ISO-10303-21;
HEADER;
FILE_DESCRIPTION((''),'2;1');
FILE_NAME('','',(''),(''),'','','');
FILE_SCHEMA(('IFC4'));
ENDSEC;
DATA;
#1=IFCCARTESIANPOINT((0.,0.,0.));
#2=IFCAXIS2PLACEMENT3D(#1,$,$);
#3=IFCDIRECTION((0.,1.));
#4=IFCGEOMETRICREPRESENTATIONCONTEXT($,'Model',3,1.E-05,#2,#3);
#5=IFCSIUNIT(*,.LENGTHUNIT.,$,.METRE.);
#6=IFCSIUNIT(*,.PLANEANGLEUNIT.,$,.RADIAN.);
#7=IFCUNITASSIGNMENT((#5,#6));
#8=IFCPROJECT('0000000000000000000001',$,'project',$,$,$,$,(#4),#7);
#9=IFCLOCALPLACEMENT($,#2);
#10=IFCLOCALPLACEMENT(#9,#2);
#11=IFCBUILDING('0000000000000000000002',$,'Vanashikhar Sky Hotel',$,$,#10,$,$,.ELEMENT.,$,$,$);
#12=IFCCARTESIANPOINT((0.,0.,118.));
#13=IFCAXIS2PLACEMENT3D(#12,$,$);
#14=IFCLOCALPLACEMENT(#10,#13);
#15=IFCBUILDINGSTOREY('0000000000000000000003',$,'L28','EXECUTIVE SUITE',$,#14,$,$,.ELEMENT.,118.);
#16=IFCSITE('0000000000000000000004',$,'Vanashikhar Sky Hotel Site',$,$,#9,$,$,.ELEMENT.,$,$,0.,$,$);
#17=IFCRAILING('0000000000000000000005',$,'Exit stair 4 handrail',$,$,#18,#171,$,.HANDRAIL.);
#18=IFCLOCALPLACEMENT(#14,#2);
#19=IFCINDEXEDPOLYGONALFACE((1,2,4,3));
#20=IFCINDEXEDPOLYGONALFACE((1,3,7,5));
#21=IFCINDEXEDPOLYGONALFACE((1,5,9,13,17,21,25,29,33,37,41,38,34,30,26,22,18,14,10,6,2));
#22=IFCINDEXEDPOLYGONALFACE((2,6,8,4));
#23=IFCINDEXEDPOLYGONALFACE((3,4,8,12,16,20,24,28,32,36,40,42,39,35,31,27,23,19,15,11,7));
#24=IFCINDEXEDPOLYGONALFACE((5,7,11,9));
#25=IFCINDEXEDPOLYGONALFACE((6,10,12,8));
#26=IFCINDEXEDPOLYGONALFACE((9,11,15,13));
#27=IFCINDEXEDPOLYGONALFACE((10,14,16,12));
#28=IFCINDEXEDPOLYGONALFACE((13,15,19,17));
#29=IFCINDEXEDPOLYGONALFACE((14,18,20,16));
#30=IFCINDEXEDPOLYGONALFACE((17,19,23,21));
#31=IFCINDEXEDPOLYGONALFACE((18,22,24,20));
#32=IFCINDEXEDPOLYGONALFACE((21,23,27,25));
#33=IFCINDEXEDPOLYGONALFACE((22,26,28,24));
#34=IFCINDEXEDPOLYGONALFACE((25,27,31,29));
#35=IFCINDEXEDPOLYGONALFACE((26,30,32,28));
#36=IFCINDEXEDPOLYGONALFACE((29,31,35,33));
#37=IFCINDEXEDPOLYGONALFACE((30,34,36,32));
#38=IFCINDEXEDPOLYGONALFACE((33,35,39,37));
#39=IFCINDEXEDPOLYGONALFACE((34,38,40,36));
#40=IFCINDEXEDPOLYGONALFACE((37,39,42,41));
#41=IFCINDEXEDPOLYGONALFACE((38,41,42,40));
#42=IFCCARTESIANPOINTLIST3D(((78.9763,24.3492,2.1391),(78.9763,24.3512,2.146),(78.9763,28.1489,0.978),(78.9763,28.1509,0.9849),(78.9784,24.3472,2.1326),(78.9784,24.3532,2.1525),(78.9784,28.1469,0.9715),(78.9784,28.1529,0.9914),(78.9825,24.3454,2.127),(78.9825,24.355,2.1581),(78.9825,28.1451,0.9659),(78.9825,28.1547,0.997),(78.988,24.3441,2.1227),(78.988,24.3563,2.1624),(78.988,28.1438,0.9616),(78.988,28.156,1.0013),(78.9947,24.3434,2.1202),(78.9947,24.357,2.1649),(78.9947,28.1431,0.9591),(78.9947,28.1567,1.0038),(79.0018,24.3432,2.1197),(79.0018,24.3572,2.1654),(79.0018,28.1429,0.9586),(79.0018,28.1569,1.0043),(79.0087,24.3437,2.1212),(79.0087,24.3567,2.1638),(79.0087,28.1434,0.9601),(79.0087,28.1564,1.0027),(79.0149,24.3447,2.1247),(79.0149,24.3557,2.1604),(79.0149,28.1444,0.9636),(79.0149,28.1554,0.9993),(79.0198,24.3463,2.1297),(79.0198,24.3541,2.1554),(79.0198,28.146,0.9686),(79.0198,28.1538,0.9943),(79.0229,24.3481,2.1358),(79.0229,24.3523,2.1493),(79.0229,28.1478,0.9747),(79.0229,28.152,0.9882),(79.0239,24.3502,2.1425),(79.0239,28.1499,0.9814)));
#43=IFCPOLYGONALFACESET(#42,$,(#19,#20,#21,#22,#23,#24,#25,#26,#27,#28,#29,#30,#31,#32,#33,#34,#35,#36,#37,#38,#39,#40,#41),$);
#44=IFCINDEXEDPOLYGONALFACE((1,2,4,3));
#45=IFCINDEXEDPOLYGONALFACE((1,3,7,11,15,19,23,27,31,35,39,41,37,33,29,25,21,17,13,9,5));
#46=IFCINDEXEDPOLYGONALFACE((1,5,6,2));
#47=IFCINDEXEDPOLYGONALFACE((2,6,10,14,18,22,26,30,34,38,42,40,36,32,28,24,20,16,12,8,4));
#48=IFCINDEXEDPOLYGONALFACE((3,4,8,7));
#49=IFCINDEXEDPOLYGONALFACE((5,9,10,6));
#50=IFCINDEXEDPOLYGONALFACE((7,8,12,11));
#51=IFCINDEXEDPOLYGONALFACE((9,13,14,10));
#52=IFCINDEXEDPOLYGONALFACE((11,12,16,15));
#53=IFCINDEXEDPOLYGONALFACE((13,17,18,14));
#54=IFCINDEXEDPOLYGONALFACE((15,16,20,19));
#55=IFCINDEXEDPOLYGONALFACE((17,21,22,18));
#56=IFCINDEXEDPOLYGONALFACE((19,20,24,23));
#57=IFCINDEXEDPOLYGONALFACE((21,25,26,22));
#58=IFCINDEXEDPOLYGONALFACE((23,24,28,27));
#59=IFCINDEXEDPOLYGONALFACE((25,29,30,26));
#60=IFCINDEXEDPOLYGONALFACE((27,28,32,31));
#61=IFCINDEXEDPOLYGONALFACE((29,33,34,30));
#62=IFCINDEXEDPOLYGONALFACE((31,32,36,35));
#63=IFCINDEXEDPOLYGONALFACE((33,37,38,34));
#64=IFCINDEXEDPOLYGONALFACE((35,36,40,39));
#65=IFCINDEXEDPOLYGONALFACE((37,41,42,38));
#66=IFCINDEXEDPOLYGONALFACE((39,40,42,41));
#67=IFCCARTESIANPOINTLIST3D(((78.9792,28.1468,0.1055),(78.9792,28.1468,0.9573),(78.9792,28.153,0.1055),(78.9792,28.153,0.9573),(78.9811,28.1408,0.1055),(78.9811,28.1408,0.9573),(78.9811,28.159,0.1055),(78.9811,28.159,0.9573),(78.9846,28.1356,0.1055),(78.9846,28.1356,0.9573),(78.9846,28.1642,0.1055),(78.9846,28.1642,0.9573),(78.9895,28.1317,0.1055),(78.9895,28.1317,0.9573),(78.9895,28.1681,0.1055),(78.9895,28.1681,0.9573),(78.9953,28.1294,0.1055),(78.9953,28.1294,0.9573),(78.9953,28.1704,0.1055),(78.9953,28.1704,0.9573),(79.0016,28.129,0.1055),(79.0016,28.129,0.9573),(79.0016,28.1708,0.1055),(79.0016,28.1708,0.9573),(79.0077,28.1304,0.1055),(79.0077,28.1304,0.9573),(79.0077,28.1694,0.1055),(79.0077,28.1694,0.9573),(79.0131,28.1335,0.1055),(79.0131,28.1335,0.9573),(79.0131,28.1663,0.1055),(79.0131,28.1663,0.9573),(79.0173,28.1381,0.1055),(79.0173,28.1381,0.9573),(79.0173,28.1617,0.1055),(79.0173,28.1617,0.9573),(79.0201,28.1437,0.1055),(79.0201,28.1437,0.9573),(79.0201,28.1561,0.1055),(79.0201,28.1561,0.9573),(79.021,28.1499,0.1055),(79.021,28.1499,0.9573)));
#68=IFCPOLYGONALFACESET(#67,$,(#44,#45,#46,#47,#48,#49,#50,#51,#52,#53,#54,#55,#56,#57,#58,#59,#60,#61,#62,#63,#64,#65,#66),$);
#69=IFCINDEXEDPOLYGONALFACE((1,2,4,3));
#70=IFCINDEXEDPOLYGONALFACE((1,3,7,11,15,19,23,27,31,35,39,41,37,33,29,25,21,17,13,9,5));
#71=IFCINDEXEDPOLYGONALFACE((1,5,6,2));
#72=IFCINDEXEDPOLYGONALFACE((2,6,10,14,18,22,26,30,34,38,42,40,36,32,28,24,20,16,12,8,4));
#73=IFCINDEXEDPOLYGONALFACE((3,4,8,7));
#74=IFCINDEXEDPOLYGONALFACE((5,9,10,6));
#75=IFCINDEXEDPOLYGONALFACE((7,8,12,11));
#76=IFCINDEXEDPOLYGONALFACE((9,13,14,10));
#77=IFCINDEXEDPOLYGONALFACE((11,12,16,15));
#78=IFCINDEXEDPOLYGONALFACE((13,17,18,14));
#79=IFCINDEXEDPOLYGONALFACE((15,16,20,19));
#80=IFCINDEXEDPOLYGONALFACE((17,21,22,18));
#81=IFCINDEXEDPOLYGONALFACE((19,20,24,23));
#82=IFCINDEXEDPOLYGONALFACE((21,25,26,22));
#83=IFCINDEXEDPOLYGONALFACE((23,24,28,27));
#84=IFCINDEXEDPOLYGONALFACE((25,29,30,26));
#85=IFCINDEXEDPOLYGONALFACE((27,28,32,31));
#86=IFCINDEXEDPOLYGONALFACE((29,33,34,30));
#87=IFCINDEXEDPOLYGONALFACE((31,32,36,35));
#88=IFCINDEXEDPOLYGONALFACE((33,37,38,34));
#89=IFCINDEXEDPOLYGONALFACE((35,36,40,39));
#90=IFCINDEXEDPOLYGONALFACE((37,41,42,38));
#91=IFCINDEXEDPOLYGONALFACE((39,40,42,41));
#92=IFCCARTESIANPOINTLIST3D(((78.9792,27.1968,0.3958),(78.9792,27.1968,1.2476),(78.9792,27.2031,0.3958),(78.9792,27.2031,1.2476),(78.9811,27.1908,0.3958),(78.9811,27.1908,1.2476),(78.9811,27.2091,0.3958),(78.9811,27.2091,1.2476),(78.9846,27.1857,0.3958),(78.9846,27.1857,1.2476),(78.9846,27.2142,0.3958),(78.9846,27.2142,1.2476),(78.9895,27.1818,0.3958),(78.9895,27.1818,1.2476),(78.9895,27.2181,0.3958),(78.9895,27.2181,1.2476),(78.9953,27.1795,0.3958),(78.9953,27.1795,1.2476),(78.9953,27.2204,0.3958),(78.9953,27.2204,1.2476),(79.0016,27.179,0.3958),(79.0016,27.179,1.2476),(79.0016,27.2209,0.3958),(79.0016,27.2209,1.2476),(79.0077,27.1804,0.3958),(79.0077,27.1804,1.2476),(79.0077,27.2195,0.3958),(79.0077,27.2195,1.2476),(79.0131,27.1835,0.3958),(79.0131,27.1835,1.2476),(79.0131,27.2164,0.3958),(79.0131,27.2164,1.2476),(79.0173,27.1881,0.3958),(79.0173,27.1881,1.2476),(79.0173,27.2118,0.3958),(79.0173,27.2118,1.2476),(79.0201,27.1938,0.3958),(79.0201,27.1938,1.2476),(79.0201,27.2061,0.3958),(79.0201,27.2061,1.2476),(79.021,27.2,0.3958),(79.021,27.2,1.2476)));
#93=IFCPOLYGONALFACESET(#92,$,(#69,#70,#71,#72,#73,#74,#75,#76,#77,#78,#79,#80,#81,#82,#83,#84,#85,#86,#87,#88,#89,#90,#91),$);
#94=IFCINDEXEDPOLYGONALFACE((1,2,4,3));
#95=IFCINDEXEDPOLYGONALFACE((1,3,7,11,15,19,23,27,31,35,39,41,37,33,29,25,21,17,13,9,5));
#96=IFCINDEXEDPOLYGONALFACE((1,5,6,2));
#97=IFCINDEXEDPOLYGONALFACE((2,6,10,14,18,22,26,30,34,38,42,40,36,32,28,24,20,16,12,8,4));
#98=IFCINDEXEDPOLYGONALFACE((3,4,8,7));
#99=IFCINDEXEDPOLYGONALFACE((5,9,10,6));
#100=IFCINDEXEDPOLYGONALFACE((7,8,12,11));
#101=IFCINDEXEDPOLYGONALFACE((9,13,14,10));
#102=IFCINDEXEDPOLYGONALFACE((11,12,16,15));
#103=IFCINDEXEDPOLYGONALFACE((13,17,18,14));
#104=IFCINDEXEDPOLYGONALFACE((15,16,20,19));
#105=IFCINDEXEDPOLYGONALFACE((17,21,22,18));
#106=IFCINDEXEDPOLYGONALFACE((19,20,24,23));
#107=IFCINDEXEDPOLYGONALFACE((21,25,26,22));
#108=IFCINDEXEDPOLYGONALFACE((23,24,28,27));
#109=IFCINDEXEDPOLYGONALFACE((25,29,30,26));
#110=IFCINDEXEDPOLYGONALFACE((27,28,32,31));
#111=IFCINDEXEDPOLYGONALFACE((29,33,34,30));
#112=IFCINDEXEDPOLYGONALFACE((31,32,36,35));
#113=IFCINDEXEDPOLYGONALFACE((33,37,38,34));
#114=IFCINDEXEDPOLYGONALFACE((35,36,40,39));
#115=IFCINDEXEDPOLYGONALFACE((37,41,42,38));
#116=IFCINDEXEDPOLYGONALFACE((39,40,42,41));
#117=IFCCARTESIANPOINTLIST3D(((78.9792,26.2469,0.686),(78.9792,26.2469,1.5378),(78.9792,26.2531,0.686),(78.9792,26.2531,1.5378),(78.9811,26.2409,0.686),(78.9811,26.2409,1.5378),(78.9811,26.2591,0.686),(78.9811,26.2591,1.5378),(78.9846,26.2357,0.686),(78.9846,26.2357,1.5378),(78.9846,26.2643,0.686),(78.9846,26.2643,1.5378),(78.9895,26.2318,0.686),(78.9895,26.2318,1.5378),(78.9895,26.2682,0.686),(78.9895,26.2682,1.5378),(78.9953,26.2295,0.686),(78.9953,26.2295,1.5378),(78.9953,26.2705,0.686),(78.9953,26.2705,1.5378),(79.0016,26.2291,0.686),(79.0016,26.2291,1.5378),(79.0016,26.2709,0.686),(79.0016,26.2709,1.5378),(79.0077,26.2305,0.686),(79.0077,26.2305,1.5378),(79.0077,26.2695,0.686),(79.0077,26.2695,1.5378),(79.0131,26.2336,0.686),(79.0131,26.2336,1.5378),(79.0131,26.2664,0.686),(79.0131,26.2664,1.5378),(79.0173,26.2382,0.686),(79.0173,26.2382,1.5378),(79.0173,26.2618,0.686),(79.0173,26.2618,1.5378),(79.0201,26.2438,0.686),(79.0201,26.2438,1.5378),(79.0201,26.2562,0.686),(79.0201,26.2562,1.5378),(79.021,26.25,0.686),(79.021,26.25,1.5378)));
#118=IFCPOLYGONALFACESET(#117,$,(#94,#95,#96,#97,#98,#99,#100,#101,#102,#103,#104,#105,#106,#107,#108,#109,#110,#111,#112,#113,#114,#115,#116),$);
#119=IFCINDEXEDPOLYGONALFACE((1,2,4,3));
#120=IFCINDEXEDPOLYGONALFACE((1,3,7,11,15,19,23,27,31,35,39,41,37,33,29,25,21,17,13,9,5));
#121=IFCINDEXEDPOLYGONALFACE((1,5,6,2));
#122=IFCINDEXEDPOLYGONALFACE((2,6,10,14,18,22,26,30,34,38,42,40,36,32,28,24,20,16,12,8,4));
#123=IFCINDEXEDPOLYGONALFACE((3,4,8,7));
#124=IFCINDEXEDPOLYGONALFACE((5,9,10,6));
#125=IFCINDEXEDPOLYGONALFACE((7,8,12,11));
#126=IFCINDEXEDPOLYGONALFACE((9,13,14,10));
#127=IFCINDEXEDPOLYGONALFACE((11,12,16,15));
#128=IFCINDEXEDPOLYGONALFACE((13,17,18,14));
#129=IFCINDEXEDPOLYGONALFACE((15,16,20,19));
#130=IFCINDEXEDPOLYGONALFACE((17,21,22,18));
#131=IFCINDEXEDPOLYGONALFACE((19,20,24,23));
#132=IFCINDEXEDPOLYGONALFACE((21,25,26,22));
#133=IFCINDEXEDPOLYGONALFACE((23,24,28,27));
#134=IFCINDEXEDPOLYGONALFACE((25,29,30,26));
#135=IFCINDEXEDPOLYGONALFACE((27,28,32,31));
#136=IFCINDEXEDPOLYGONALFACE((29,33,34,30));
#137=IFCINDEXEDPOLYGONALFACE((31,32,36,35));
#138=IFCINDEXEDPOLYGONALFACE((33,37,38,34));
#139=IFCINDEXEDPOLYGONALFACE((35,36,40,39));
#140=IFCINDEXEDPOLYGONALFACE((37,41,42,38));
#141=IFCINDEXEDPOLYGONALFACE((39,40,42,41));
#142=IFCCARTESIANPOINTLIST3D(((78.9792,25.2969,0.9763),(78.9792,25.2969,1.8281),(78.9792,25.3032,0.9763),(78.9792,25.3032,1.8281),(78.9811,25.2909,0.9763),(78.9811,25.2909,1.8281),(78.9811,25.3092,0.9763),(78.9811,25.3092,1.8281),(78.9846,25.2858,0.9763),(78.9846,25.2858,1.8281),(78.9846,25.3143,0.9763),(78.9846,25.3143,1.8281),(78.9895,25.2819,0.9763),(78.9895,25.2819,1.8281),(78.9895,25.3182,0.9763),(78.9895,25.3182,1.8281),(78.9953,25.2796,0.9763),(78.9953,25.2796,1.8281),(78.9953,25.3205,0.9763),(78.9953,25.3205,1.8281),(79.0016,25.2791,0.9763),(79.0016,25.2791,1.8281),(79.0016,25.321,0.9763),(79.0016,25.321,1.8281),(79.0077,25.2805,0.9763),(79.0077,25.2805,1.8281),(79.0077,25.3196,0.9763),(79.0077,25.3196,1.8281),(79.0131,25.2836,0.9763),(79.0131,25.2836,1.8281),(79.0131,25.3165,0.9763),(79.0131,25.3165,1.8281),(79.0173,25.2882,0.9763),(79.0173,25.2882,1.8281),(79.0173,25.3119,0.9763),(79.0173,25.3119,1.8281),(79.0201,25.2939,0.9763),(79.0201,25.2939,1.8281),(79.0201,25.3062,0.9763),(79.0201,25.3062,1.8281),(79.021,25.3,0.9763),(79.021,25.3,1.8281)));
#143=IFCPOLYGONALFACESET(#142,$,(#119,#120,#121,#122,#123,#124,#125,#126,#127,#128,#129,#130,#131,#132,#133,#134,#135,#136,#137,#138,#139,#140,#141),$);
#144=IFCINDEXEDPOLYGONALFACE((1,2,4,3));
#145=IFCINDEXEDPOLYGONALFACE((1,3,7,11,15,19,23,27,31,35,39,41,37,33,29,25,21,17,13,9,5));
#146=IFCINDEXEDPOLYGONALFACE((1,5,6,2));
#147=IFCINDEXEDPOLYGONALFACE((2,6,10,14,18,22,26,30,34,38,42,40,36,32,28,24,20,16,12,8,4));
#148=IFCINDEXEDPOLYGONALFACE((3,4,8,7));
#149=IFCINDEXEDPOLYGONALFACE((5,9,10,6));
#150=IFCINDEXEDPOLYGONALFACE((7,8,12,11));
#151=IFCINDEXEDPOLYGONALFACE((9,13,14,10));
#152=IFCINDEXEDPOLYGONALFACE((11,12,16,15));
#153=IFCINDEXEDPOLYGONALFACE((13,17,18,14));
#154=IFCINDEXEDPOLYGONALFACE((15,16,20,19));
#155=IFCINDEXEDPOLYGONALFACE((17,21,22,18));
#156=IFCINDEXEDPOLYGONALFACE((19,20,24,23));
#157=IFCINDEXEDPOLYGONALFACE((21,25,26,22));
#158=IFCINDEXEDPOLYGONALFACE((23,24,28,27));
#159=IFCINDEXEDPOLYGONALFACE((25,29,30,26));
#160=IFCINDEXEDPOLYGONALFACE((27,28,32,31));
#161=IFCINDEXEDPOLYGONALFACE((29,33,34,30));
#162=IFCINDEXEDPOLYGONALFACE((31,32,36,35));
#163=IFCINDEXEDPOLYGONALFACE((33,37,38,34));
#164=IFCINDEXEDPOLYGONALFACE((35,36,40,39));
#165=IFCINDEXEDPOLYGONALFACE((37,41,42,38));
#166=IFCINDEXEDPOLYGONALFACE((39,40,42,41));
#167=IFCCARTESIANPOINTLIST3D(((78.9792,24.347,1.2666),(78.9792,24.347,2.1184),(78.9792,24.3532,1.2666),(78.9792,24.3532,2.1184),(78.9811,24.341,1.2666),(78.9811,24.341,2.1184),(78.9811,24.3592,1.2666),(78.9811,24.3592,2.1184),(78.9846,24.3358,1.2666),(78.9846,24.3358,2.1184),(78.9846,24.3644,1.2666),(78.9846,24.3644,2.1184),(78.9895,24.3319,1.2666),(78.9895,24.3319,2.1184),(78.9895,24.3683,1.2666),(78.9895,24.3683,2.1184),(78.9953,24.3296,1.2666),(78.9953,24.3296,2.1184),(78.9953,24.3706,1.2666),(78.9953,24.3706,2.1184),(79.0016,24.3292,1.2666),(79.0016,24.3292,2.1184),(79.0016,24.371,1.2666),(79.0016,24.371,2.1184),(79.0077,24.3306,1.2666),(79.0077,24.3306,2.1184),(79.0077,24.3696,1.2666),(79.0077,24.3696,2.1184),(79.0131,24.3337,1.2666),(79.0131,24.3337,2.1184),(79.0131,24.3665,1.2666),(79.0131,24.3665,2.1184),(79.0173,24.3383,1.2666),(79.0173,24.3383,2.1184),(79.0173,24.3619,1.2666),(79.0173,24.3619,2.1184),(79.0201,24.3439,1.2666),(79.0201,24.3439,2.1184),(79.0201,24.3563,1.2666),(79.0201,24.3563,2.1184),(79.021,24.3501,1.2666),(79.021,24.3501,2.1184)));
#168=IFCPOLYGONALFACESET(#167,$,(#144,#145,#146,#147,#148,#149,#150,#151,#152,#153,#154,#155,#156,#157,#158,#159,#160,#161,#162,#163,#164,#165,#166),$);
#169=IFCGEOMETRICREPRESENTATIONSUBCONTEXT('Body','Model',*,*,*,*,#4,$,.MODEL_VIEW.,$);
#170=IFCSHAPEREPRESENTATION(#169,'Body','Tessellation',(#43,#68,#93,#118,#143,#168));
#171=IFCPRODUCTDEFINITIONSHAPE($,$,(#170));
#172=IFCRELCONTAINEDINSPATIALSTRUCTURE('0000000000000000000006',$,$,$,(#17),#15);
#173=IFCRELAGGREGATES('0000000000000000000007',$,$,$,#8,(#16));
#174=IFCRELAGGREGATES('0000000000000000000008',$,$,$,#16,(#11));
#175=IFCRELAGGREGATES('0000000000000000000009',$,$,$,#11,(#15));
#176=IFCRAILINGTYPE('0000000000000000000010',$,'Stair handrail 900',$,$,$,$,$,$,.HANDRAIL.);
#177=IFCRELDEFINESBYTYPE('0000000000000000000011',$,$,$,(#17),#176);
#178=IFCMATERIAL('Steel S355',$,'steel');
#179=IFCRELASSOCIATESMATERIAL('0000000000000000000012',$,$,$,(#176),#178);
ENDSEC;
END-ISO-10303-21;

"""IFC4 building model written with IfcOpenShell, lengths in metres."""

from ifc_helpers import new_model, si_unit, direction, frame, origin, origin_2d, place, context, subcontext, project, spatial, circle, extrude, source, transform, mapped, material, type_object, element, save


model = new_model("IFC4")

# Units and contexts
model_context = context("Model", 3, precision=1e-05, world=origin(), true_north=direction((0.0, 1.0)))
body_context = subcontext(model_context, "Body", "Model", "MODEL_VIEW")
ifc_project = project(units=[si_unit("LENGTHUNIT", "METRE"), si_unit("PLANEANGLEUNIT", "RADIAN")], contexts=[model_context])

# Site, building, storey
site_placement = place(None, origin())
site = spatial("IfcSite", under=ifc_project, at=site_placement, Name="Vanashikhar Sky Hotel Site", CompositionType="ELEMENT", RefElevation=0.0)
building_placement = place(site_placement, origin())
building = spatial("IfcBuilding", under=site, at=building_placement, Name="Vanashikhar Sky Hotel", CompositionType="ELEMENT")
storey_placement = place(building_placement, frame((0.0, 0.0, 118.0)))
storey = spatial("IfcBuildingStorey", under=building, at=storey_placement, Name="L28", Description="EXECUTIVE SUITE", CompositionType="ELEMENT", Elevation=118.0)

# Railing
ifc_material_1 = material(Name="Steel S355", Category="steel")
railing_type_1 = type_object("IfcRailingType", Name="Stair handrail 900", PredefinedType="HANDRAIL", material=ifc_material_1)
shared_shape_1 = source(origin(), body_context, "Body", "SweptSolid", [
    extrude(circle(Radius=0.0239, at=origin_2d()), frame((0.0, 0.0, 0.876), z_axis=(0.0, -0.956346, 0.292237), x_axis=(1.0, 0.0, 0.0)), (0.0, 0.0, 1.0), 3.9731),
    extrude(circle(Radius=0.021, at=origin_2d()), origin(), (0.0, 0.0, 1.0), 0.8518),
    extrude(circle(Radius=0.021, at=origin_2d()), frame((0.0, -0.95, 0.2903)), (0.0, 0.0, 1.0), 0.8518),
    extrude(circle(Radius=0.021, at=origin_2d()), frame((0.0, -1.8999, 0.5806)), (0.0, 0.0, 1.0), 0.8518),
    extrude(circle(Radius=0.021, at=origin_2d()), frame((0.0, -2.8499, 0.8708)), (0.0, 0.0, 1.0), 0.8518),
    extrude(circle(Radius=0.021, at=origin_2d()), frame((0.0, -3.7998, 1.1611)), (0.0, 0.0, 1.0), 0.8518),
])
for number, where, name in (
    (1, (79.0, 28.1499, 0.1055), "Exit stair 4 handrail"),
):
    element("IfcRailing", number, at=place(storey_placement, frame(where)), inside=storey, type_object=railing_type_1, Name=name, PredefinedType="HANDRAIL", context=body_context, shape_type="MappedRepresentation", body=[
        mapped(shared_shape_1, transform((0.0, 0.0, 0.0), scale=1.0)),
    ])

save(model, "model.ifc")
